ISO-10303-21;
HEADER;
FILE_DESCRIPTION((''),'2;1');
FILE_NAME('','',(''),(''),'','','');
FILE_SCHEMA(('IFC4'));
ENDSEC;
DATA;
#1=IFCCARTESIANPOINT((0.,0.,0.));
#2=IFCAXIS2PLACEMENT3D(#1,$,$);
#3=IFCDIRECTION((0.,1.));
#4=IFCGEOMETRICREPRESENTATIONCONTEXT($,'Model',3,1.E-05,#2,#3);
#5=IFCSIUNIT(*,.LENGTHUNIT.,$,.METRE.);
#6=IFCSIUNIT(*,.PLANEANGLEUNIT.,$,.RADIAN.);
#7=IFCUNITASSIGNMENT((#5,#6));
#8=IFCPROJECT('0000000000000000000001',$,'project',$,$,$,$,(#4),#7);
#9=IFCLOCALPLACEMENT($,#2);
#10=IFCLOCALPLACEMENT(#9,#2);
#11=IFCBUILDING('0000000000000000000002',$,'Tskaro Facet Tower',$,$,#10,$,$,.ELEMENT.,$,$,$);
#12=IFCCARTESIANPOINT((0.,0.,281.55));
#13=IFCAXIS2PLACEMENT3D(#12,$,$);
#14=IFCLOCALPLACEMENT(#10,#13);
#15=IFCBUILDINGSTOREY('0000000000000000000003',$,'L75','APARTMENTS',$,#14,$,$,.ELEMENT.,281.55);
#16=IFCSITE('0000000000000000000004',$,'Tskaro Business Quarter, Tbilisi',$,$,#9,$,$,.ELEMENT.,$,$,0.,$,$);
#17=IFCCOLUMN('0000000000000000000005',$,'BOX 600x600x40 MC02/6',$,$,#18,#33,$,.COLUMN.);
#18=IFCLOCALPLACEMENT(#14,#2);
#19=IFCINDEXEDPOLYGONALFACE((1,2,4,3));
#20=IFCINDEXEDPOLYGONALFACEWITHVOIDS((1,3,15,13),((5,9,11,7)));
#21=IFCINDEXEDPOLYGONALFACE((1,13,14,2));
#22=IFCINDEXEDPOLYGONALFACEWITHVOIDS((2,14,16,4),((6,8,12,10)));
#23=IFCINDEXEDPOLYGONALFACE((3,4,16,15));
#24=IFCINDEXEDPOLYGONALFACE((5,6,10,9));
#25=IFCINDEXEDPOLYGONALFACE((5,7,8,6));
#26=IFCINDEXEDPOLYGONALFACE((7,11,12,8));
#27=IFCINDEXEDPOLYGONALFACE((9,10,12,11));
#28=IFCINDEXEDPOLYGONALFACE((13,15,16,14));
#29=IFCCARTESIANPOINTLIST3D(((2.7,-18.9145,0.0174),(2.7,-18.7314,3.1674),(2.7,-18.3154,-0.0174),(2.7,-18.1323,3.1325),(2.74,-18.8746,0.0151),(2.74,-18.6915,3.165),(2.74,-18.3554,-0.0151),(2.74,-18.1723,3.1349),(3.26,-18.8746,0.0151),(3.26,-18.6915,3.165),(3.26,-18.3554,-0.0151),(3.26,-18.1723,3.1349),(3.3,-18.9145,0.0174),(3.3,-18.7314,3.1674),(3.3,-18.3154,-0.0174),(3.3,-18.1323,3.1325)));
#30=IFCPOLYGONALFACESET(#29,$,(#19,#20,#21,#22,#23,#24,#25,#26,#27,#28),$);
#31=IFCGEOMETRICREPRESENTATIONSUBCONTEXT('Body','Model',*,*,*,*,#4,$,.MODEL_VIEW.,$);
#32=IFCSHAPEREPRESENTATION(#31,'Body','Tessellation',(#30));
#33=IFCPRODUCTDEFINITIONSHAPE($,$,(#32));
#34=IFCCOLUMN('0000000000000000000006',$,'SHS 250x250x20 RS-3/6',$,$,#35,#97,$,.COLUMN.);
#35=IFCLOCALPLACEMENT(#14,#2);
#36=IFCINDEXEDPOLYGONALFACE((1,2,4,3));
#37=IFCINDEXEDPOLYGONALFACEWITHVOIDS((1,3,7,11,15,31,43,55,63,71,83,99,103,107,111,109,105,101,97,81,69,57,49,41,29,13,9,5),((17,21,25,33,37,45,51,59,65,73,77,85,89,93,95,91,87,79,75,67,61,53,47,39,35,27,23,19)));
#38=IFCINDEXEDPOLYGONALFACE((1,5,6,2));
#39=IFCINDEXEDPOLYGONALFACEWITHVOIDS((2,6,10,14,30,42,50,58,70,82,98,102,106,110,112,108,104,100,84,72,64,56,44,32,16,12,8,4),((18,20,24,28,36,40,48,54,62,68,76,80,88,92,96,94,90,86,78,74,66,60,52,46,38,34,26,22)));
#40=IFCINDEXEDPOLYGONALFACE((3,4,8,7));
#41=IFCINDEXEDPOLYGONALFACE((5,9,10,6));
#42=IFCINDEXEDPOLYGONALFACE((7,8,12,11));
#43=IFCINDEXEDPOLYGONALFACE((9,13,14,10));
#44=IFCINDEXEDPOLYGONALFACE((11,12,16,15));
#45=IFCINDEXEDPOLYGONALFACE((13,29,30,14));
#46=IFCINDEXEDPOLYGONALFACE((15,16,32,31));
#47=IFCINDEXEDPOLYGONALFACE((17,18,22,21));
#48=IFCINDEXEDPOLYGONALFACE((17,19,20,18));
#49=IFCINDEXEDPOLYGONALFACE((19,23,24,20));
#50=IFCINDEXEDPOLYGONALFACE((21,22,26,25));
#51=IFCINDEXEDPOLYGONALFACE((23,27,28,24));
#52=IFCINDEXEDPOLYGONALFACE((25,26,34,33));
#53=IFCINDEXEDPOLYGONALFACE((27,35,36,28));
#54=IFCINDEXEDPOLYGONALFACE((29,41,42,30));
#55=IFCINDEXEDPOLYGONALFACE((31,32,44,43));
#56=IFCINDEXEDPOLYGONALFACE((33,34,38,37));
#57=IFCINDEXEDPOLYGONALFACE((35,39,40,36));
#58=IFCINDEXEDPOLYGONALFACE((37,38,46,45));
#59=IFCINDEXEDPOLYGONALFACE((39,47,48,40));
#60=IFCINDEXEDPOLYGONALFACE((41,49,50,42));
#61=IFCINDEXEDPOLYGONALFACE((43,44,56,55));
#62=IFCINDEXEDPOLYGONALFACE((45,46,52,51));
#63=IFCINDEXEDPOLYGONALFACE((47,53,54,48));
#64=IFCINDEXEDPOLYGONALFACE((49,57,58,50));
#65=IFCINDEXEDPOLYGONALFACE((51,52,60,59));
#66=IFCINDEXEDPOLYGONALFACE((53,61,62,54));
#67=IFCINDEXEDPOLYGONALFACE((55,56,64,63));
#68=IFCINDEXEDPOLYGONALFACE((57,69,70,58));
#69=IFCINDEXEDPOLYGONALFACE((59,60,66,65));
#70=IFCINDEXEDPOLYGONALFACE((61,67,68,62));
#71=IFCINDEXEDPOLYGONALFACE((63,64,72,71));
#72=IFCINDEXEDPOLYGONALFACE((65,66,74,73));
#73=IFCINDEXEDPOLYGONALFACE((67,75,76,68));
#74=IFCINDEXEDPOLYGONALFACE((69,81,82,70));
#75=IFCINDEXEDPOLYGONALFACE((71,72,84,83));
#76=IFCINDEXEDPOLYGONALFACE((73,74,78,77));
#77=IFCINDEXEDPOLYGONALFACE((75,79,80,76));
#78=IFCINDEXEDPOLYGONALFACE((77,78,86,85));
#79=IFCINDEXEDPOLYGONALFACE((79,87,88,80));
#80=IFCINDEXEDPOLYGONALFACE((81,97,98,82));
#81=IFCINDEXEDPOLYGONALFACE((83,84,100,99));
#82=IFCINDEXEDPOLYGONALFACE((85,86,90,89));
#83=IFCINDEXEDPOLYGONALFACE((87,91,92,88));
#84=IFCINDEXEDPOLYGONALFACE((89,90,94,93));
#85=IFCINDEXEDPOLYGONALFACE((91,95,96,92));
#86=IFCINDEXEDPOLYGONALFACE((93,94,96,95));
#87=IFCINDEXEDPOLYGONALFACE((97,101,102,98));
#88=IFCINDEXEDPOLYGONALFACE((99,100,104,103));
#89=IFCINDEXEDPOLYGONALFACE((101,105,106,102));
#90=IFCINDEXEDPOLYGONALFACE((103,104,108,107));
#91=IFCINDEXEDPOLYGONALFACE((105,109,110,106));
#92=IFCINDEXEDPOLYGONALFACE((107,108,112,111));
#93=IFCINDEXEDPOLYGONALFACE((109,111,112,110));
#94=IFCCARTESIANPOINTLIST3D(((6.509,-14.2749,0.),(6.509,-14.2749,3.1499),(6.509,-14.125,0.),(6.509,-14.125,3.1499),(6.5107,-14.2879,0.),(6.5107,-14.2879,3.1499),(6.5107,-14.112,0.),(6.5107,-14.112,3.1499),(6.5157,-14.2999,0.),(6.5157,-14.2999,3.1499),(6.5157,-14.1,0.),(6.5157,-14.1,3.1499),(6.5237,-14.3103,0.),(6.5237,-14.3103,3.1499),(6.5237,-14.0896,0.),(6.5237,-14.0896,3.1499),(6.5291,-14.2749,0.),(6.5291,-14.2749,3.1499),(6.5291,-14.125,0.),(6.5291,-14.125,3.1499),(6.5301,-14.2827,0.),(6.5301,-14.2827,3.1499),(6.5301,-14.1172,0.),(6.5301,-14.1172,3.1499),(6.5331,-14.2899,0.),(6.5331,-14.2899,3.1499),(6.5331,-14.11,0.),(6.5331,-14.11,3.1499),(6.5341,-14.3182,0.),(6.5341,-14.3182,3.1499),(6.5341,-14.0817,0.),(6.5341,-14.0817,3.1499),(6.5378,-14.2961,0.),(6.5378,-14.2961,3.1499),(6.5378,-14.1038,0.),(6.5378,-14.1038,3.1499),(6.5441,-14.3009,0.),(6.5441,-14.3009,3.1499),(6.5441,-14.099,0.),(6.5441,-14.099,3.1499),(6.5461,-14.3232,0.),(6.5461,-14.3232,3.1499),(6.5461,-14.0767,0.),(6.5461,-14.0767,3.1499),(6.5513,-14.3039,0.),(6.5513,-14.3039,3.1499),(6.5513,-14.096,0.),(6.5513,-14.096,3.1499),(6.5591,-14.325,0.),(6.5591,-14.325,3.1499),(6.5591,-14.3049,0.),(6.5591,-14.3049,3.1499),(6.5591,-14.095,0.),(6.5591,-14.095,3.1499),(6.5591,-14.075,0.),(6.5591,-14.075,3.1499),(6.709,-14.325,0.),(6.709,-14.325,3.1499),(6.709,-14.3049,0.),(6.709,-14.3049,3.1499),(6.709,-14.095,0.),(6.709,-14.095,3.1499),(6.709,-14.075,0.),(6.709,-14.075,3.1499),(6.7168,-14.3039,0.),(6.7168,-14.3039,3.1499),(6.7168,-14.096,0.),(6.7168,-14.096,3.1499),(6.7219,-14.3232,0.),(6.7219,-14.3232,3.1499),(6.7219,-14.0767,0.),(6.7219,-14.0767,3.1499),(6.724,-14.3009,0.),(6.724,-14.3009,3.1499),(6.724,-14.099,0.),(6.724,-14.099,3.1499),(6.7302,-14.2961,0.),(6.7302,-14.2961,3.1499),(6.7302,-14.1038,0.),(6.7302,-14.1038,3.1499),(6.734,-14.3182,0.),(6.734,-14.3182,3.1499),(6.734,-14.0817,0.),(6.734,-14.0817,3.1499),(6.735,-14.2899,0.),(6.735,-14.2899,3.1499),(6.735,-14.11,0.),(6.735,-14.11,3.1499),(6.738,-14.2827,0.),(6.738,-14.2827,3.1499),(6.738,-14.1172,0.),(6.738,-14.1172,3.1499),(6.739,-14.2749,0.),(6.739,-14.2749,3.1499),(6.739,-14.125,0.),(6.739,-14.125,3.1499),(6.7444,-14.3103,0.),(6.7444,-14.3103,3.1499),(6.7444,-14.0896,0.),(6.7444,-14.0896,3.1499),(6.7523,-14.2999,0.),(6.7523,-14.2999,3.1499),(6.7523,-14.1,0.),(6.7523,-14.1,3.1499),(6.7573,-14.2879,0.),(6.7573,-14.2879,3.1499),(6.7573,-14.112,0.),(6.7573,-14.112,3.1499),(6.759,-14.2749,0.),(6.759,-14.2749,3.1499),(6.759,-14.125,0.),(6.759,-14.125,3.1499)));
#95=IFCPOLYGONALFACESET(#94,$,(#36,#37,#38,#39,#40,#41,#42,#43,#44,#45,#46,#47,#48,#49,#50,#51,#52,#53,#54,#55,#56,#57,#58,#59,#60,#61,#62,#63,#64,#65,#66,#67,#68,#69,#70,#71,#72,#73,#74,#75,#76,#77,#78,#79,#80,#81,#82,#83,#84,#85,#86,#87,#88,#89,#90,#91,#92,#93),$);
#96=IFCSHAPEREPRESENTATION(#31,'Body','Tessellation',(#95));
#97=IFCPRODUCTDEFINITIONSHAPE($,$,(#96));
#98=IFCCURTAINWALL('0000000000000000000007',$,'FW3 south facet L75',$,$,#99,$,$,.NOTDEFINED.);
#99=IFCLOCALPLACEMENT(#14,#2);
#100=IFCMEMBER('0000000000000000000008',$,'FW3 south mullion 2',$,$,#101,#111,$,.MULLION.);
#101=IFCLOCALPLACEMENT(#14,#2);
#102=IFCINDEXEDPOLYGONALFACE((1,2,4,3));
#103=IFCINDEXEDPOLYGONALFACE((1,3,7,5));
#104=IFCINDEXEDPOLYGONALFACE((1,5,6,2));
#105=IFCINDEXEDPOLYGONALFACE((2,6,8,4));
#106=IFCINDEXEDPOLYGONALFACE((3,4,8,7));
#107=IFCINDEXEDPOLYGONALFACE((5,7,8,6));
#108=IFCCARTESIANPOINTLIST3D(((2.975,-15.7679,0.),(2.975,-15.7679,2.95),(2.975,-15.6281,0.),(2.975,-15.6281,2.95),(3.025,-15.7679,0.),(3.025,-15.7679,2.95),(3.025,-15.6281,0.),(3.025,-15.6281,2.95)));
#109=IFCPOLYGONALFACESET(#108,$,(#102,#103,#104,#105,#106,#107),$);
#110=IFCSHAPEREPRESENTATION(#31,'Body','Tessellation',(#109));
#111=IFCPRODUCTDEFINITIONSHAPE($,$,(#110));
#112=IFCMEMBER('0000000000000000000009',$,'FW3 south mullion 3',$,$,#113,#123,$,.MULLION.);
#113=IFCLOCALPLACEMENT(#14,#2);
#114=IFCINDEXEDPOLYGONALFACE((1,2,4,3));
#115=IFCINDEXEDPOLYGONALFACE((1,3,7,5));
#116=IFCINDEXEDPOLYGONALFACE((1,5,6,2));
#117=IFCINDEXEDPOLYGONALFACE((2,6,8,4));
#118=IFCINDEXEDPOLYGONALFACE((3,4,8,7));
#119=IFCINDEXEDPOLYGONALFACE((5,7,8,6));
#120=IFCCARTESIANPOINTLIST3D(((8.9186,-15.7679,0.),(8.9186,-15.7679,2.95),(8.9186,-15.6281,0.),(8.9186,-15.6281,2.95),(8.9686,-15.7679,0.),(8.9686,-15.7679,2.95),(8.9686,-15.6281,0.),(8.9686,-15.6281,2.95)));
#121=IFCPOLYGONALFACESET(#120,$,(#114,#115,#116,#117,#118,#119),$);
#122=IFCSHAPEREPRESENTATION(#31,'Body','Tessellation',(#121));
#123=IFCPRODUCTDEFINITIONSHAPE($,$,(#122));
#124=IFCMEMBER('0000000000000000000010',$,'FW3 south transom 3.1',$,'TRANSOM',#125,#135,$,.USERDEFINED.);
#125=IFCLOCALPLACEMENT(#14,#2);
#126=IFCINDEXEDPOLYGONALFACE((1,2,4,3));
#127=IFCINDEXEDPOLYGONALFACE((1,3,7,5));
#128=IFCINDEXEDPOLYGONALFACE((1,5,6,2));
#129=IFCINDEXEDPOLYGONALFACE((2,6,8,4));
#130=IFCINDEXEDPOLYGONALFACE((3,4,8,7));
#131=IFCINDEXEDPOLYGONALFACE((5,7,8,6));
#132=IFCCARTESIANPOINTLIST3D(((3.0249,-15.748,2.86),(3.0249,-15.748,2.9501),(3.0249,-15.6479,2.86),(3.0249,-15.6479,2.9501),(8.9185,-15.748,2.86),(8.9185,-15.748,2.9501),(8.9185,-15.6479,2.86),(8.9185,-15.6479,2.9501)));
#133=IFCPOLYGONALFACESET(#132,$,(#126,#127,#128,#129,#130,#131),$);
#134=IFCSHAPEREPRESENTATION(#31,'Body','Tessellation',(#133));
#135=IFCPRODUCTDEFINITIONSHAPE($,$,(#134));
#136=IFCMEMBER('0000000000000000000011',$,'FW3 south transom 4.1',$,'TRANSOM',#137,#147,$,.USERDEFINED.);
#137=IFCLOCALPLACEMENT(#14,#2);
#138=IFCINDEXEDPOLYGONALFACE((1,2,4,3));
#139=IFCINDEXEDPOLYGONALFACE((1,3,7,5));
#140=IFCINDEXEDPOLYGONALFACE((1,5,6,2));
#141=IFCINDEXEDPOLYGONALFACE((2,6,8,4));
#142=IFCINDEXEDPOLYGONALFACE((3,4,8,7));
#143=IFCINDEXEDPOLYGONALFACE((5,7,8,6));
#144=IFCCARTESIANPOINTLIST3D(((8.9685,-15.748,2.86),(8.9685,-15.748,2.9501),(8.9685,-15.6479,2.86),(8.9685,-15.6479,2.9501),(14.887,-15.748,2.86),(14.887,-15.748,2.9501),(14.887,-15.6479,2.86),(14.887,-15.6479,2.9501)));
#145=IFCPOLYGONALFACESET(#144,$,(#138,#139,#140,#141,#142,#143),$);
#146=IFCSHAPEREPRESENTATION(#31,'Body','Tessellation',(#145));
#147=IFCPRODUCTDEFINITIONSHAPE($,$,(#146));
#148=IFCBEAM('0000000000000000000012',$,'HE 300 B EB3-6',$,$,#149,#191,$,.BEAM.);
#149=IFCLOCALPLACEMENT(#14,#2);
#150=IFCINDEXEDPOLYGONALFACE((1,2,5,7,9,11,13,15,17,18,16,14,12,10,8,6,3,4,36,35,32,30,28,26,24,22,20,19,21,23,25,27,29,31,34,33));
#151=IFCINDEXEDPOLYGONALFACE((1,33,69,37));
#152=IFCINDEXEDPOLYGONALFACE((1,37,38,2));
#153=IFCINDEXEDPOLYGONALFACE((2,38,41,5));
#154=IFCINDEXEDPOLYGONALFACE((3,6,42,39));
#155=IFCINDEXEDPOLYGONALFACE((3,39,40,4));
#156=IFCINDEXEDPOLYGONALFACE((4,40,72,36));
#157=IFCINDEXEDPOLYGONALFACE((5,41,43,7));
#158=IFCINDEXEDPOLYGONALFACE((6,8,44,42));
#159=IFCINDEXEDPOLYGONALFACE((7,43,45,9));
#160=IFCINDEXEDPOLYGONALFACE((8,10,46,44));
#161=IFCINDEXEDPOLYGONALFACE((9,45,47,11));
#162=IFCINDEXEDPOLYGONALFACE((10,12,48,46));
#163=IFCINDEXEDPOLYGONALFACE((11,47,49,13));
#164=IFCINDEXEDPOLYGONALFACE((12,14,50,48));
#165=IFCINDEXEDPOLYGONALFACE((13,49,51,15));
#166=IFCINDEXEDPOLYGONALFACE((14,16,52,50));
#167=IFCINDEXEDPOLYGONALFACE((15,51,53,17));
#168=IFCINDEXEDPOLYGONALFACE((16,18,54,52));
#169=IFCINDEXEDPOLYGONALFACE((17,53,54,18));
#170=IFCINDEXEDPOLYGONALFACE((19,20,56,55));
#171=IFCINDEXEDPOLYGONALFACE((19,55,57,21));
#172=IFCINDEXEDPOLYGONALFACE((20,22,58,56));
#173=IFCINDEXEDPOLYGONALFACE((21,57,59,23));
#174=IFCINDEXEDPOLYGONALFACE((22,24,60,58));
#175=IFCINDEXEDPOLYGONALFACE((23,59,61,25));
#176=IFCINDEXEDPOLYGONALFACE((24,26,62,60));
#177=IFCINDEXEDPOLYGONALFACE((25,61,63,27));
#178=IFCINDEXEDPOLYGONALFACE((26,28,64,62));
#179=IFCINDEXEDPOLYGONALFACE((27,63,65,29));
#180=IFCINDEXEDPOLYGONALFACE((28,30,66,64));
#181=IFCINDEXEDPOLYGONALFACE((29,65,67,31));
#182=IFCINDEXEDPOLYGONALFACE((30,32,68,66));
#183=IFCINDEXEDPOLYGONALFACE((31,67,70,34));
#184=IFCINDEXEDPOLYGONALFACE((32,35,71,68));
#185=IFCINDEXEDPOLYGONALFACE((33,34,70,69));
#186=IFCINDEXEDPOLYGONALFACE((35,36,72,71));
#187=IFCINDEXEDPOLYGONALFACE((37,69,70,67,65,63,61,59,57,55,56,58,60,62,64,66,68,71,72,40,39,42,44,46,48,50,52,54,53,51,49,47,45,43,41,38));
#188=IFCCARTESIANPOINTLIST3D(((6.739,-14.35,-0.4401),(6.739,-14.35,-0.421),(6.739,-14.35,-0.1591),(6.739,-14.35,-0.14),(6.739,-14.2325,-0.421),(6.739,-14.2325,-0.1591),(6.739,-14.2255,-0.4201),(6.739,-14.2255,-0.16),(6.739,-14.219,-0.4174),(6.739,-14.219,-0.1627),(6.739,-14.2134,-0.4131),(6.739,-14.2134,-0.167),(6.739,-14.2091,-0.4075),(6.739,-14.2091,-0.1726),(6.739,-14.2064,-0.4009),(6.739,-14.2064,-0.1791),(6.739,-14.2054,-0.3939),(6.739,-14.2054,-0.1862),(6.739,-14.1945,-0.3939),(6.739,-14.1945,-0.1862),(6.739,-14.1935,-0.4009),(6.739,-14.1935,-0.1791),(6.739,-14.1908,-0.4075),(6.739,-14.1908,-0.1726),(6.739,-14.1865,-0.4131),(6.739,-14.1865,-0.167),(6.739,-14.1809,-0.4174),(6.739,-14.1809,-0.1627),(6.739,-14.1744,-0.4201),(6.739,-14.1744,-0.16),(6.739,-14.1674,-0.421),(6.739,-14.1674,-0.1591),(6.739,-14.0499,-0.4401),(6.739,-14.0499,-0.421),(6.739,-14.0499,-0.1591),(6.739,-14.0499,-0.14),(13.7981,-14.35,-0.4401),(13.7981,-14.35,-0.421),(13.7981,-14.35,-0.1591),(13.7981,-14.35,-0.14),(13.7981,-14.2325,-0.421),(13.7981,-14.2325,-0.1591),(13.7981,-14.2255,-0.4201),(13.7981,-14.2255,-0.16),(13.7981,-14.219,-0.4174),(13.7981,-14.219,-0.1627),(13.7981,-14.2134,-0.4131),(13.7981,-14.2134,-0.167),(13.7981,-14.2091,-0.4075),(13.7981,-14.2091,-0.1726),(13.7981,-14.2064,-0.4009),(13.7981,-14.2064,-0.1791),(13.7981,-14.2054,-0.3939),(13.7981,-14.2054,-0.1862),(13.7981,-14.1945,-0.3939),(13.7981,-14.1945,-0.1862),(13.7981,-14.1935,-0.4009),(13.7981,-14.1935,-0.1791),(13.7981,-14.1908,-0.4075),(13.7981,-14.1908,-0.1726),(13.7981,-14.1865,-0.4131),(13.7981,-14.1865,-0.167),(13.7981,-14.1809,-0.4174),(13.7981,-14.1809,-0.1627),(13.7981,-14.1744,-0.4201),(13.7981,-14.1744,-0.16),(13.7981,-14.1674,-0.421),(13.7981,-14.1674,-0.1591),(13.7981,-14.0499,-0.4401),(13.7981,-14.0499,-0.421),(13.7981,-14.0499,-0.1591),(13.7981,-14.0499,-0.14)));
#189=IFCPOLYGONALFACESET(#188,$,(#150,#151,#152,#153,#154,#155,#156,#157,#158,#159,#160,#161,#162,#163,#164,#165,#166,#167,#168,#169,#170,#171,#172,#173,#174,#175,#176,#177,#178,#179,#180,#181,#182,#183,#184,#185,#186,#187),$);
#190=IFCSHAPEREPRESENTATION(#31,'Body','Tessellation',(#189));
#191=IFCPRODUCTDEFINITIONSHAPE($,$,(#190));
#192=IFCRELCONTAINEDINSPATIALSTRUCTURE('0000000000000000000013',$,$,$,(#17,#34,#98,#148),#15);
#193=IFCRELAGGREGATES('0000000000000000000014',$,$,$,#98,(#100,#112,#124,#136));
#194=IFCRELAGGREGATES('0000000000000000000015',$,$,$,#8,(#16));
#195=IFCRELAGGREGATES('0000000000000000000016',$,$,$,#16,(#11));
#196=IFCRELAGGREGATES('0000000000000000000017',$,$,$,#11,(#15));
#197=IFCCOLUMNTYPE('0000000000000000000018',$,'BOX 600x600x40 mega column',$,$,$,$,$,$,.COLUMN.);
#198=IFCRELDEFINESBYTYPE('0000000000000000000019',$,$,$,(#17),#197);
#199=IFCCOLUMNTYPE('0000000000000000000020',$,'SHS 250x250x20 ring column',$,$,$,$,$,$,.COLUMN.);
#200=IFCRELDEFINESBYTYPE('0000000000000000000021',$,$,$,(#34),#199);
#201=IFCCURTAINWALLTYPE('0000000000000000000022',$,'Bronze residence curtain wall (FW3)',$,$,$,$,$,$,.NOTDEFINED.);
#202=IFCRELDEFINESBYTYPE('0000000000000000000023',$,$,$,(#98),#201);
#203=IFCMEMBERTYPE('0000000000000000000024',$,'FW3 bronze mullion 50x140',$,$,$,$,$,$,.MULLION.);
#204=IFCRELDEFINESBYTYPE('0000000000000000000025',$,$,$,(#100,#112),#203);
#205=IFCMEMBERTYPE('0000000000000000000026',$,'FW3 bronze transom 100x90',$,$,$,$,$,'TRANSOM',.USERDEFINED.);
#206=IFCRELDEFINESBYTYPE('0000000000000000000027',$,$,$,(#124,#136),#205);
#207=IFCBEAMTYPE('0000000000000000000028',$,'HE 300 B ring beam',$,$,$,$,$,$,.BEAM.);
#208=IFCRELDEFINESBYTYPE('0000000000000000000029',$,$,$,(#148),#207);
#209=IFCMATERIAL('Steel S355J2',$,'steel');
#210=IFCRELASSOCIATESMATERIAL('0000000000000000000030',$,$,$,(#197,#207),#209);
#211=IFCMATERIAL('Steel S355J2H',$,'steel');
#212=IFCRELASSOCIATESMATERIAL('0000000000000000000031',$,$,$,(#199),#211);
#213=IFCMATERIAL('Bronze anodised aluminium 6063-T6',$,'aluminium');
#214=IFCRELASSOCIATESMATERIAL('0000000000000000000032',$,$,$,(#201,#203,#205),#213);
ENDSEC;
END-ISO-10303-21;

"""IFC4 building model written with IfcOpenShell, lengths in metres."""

from ifc_helpers import new_model, si_unit, direction, frame, origin, origin_2d, place, context, subcontext, project, spatial, rectangle, hollow_rectangle, i_section, extrude, material, material_profile, profile_set, type_object, element, aggregate, save


model = new_model("IFC4")

# Units and contexts
model_context = context("Model", 3, precision=1e-05, world=origin(), true_north=direction((0.0, 1.0)))
body_context = subcontext(model_context, "Body", "Model", "MODEL_VIEW")
ifc_project = project(units=[si_unit("LENGTHUNIT", "METRE"), si_unit("PLANEANGLEUNIT", "RADIAN")], contexts=[model_context])

# Site, building, storey
site_placement = place(None, origin())
site = spatial("IfcSite", under=ifc_project, at=site_placement, Name="Tskaro Business Quarter, Tbilisi", CompositionType="ELEMENT", RefElevation=0.0)
building_placement = place(site_placement, origin())
building = spatial("IfcBuilding", under=site, at=building_placement, Name="Tskaro Facet Tower", CompositionType="ELEMENT")
storey_placement = place(building_placement, frame((0.0, 0.0, 281.55)))
storey = spatial("IfcBuildingStorey", under=building, at=storey_placement, Name="L75", Description="APARTMENTS", CompositionType="ELEMENT", Elevation=281.55)

# Columns
ifc_material_1 = material(Name="Steel S355J2", Category="steel")
ifc_material_profile_1 = material_profile(ifc_material_1, hollow_rectangle(XDim=0.6001, YDim=0.6001, WallThickness=0.04, at=origin_2d()), Name="BOX 600x600x40")
ifc_profile_set_1 = profile_set([ifc_material_profile_1], Name="Steel S355J2")
column_type_1 = type_object("IfcColumnType", Name="BOX 600x600x40 mega column", PredefinedType="COLUMN", material=ifc_profile_set_1)
column_1_placement = place(storey_placement, frame((3.0, -18.615, 0.0), z_axis=(0.0, 0.058033, 0.998315), x_axis=(-1.0, 0.0, 0.0)))
element("IfcColumn", 1, at=column_1_placement, inside=storey, type_object=column_type_1, Name="BOX 600x600x40 MC02/6", PredefinedType="COLUMN", context=body_context, shape_type="SweptSolid", body=[
    extrude(hollow_rectangle(XDim=0.6001, YDim=0.6001, WallThickness=0.04, at=origin_2d()), origin(), (0.0, 0.0, 1.0), 3.1553),
])
ifc_material_2 = material(Name="Steel S355J2H", Category="steel")
ifc_material_profile_2 = material_profile(ifc_material_2, hollow_rectangle(XDim=0.25, YDim=0.25, WallThickness=0.02, InnerFilletRadius=0.03, OuterFilletRadius=0.05, at=origin_2d()), Name="SHS 250x250x20")
ifc_profile_set_2 = profile_set([ifc_material_profile_2], Name="Steel S355J2H")
column_type_2 = type_object("IfcColumnType", Name="SHS 250x250x20 ring column", PredefinedType="COLUMN", material=ifc_profile_set_2)
column_2_placement = place(storey_placement, frame((6.634, -14.2, 0.0), z_axis=(0.0, 0.0, 1.0), x_axis=(1.0, 0.0, 0.0)))
element("IfcColumn", 2, at=column_2_placement, inside=storey, type_object=column_type_2, Name="SHS 250x250x20 RS-3/6", PredefinedType="COLUMN", context=body_context, shape_type="SweptSolid", body=[
    extrude(hollow_rectangle(XDim=0.25, YDim=0.25, WallThickness=0.02, InnerFilletRadius=0.03, OuterFilletRadius=0.05, at=origin_2d()), origin(), (0.0, 0.0, 1.0), 3.1499),
])

# Curtain wall, members
ifc_material_3 = material(Name="Bronze anodised aluminium 6063-T6", Category="aluminium")
curtain_wall_type = type_object("IfcCurtainWallType", Name="Bronze residence curtain wall (FW3)", PredefinedType="NOTDEFINED", material=ifc_material_3)
curtain_wall_placement = place(storey_placement, origin())
curtain_wall = element("IfcCurtainWall", 3, at=curtain_wall_placement, inside=storey, type_object=curtain_wall_type, Name="FW3 south facet L75", PredefinedType="NOTDEFINED")
ifc_material_profile_3 = material_profile(ifc_material_3, rectangle(XDim=0.05, YDim=0.1399, at=origin_2d()), Name="Mullion 50x140")
ifc_profile_set_3 = profile_set([ifc_material_profile_3], Name="Bronze anodised aluminium 6063-T6")
member_type_1 = type_object("IfcMemberType", Name="FW3 bronze mullion 50x140", PredefinedType="MULLION", material=ifc_profile_set_3)
member_1_placement = place(storey_placement, frame((3.0, -15.698, 0.0), z_axis=(0.0, 0.0, 1.0), x_axis=(1.0, 0.0, 0.0)))
member_1 = element("IfcMember", 4, at=member_1_placement, type_object=member_type_1, Name="FW3 south mullion 2", PredefinedType="MULLION", context=body_context, shape_type="SweptSolid", body=[
    extrude(rectangle(XDim=0.05, YDim=0.1399, at=origin_2d()), origin(), (0.0, 0.0, 1.0), 2.95),
])
member_2_placement = place(storey_placement, frame((8.9436, -15.698, 0.0), z_axis=(0.0, 0.0, 1.0), x_axis=(1.0, 0.0, 0.0)))
member_2 = element("IfcMember", 5, at=member_2_placement, type_object=member_type_1, Name="FW3 south mullion 3", PredefinedType="MULLION", context=body_context, shape_type="SweptSolid", body=[
    extrude(rectangle(XDim=0.05, YDim=0.1399, at=origin_2d()), origin(), (0.0, 0.0, 1.0), 2.95),
])
ifc_material_profile_4 = material_profile(ifc_material_3, rectangle(XDim=0.1001, YDim=0.0901, at=origin_2d()), Name="Transom 100x90")
ifc_profile_set_4 = profile_set([ifc_material_profile_4], Name="Bronze anodised aluminium 6063-T6")
member_type_2 = type_object("IfcMemberType", Name="FW3 bronze transom 100x90", ElementType="TRANSOM", PredefinedType="USERDEFINED", material=ifc_profile_set_4)
member_3_placement = place(storey_placement, frame((3.0249, -15.698, 2.905), z_axis=(1.0, 0.0, 0.0), x_axis=(0.0, 1.0, 0.0)))
member_3 = element("IfcMember", 6, at=member_3_placement, type_object=member_type_2, Name="FW3 south transom 3.1", ObjectType="TRANSOM", PredefinedType="USERDEFINED", context=body_context, shape_type="SweptSolid", body=[
    extrude(rectangle(XDim=0.1001, YDim=0.0901, at=origin_2d()), origin(), (0.0, 0.0, 1.0), 5.8936),
])
member_4_placement = place(storey_placement, frame((8.9685, -15.698, 2.905), z_axis=(1.0, 0.0, 0.0), x_axis=(0.0, 1.0, 0.0)))
member_4 = element("IfcMember", 7, at=member_4_placement, type_object=member_type_2, Name="FW3 south transom 4.1", ObjectType="TRANSOM", PredefinedType="USERDEFINED", context=body_context, shape_type="SweptSolid", body=[
    extrude(rectangle(XDim=0.1001, YDim=0.0901, at=origin_2d()), origin(), (0.0, 0.0, 1.0), 5.9185),
])

# Beam
ifc_material_profile_5 = material_profile(ifc_material_1, i_section(OverallWidth=0.3, OverallDepth=0.3, WebThickness=0.011, FlangeThickness=0.019, FilletRadius=0.0271, at=origin_2d()), Name="HE 300 B")
ifc_profile_set_5 = profile_set([ifc_material_profile_5], Name="Steel S355J2")
beam_type_1 = type_object("IfcBeamType", Name="HE 300 B ring beam", PredefinedType="BEAM", material=ifc_profile_set_5)
beam_1_placement = place(storey_placement, frame((6.739, -14.2, -0.29), z_axis=(1.0, 0.0, 0.0), x_axis=(0.0, 1.0, 0.0)))
element("IfcBeam", 8, at=beam_1_placement, inside=storey, type_object=beam_type_1, Name="HE 300 B EB3-6", PredefinedType="BEAM", context=body_context, shape_type="SweptSolid", body=[
    extrude(i_section(OverallWidth=0.3, OverallDepth=0.3, WebThickness=0.011, FlangeThickness=0.019, FilletRadius=0.0271, at=origin_2d()), origin(), (0.0, 0.0, 1.0), 7.0591),
])

aggregate(curtain_wall, [member_1, member_2, member_3, member_4])

save(model, "model.ifc")
